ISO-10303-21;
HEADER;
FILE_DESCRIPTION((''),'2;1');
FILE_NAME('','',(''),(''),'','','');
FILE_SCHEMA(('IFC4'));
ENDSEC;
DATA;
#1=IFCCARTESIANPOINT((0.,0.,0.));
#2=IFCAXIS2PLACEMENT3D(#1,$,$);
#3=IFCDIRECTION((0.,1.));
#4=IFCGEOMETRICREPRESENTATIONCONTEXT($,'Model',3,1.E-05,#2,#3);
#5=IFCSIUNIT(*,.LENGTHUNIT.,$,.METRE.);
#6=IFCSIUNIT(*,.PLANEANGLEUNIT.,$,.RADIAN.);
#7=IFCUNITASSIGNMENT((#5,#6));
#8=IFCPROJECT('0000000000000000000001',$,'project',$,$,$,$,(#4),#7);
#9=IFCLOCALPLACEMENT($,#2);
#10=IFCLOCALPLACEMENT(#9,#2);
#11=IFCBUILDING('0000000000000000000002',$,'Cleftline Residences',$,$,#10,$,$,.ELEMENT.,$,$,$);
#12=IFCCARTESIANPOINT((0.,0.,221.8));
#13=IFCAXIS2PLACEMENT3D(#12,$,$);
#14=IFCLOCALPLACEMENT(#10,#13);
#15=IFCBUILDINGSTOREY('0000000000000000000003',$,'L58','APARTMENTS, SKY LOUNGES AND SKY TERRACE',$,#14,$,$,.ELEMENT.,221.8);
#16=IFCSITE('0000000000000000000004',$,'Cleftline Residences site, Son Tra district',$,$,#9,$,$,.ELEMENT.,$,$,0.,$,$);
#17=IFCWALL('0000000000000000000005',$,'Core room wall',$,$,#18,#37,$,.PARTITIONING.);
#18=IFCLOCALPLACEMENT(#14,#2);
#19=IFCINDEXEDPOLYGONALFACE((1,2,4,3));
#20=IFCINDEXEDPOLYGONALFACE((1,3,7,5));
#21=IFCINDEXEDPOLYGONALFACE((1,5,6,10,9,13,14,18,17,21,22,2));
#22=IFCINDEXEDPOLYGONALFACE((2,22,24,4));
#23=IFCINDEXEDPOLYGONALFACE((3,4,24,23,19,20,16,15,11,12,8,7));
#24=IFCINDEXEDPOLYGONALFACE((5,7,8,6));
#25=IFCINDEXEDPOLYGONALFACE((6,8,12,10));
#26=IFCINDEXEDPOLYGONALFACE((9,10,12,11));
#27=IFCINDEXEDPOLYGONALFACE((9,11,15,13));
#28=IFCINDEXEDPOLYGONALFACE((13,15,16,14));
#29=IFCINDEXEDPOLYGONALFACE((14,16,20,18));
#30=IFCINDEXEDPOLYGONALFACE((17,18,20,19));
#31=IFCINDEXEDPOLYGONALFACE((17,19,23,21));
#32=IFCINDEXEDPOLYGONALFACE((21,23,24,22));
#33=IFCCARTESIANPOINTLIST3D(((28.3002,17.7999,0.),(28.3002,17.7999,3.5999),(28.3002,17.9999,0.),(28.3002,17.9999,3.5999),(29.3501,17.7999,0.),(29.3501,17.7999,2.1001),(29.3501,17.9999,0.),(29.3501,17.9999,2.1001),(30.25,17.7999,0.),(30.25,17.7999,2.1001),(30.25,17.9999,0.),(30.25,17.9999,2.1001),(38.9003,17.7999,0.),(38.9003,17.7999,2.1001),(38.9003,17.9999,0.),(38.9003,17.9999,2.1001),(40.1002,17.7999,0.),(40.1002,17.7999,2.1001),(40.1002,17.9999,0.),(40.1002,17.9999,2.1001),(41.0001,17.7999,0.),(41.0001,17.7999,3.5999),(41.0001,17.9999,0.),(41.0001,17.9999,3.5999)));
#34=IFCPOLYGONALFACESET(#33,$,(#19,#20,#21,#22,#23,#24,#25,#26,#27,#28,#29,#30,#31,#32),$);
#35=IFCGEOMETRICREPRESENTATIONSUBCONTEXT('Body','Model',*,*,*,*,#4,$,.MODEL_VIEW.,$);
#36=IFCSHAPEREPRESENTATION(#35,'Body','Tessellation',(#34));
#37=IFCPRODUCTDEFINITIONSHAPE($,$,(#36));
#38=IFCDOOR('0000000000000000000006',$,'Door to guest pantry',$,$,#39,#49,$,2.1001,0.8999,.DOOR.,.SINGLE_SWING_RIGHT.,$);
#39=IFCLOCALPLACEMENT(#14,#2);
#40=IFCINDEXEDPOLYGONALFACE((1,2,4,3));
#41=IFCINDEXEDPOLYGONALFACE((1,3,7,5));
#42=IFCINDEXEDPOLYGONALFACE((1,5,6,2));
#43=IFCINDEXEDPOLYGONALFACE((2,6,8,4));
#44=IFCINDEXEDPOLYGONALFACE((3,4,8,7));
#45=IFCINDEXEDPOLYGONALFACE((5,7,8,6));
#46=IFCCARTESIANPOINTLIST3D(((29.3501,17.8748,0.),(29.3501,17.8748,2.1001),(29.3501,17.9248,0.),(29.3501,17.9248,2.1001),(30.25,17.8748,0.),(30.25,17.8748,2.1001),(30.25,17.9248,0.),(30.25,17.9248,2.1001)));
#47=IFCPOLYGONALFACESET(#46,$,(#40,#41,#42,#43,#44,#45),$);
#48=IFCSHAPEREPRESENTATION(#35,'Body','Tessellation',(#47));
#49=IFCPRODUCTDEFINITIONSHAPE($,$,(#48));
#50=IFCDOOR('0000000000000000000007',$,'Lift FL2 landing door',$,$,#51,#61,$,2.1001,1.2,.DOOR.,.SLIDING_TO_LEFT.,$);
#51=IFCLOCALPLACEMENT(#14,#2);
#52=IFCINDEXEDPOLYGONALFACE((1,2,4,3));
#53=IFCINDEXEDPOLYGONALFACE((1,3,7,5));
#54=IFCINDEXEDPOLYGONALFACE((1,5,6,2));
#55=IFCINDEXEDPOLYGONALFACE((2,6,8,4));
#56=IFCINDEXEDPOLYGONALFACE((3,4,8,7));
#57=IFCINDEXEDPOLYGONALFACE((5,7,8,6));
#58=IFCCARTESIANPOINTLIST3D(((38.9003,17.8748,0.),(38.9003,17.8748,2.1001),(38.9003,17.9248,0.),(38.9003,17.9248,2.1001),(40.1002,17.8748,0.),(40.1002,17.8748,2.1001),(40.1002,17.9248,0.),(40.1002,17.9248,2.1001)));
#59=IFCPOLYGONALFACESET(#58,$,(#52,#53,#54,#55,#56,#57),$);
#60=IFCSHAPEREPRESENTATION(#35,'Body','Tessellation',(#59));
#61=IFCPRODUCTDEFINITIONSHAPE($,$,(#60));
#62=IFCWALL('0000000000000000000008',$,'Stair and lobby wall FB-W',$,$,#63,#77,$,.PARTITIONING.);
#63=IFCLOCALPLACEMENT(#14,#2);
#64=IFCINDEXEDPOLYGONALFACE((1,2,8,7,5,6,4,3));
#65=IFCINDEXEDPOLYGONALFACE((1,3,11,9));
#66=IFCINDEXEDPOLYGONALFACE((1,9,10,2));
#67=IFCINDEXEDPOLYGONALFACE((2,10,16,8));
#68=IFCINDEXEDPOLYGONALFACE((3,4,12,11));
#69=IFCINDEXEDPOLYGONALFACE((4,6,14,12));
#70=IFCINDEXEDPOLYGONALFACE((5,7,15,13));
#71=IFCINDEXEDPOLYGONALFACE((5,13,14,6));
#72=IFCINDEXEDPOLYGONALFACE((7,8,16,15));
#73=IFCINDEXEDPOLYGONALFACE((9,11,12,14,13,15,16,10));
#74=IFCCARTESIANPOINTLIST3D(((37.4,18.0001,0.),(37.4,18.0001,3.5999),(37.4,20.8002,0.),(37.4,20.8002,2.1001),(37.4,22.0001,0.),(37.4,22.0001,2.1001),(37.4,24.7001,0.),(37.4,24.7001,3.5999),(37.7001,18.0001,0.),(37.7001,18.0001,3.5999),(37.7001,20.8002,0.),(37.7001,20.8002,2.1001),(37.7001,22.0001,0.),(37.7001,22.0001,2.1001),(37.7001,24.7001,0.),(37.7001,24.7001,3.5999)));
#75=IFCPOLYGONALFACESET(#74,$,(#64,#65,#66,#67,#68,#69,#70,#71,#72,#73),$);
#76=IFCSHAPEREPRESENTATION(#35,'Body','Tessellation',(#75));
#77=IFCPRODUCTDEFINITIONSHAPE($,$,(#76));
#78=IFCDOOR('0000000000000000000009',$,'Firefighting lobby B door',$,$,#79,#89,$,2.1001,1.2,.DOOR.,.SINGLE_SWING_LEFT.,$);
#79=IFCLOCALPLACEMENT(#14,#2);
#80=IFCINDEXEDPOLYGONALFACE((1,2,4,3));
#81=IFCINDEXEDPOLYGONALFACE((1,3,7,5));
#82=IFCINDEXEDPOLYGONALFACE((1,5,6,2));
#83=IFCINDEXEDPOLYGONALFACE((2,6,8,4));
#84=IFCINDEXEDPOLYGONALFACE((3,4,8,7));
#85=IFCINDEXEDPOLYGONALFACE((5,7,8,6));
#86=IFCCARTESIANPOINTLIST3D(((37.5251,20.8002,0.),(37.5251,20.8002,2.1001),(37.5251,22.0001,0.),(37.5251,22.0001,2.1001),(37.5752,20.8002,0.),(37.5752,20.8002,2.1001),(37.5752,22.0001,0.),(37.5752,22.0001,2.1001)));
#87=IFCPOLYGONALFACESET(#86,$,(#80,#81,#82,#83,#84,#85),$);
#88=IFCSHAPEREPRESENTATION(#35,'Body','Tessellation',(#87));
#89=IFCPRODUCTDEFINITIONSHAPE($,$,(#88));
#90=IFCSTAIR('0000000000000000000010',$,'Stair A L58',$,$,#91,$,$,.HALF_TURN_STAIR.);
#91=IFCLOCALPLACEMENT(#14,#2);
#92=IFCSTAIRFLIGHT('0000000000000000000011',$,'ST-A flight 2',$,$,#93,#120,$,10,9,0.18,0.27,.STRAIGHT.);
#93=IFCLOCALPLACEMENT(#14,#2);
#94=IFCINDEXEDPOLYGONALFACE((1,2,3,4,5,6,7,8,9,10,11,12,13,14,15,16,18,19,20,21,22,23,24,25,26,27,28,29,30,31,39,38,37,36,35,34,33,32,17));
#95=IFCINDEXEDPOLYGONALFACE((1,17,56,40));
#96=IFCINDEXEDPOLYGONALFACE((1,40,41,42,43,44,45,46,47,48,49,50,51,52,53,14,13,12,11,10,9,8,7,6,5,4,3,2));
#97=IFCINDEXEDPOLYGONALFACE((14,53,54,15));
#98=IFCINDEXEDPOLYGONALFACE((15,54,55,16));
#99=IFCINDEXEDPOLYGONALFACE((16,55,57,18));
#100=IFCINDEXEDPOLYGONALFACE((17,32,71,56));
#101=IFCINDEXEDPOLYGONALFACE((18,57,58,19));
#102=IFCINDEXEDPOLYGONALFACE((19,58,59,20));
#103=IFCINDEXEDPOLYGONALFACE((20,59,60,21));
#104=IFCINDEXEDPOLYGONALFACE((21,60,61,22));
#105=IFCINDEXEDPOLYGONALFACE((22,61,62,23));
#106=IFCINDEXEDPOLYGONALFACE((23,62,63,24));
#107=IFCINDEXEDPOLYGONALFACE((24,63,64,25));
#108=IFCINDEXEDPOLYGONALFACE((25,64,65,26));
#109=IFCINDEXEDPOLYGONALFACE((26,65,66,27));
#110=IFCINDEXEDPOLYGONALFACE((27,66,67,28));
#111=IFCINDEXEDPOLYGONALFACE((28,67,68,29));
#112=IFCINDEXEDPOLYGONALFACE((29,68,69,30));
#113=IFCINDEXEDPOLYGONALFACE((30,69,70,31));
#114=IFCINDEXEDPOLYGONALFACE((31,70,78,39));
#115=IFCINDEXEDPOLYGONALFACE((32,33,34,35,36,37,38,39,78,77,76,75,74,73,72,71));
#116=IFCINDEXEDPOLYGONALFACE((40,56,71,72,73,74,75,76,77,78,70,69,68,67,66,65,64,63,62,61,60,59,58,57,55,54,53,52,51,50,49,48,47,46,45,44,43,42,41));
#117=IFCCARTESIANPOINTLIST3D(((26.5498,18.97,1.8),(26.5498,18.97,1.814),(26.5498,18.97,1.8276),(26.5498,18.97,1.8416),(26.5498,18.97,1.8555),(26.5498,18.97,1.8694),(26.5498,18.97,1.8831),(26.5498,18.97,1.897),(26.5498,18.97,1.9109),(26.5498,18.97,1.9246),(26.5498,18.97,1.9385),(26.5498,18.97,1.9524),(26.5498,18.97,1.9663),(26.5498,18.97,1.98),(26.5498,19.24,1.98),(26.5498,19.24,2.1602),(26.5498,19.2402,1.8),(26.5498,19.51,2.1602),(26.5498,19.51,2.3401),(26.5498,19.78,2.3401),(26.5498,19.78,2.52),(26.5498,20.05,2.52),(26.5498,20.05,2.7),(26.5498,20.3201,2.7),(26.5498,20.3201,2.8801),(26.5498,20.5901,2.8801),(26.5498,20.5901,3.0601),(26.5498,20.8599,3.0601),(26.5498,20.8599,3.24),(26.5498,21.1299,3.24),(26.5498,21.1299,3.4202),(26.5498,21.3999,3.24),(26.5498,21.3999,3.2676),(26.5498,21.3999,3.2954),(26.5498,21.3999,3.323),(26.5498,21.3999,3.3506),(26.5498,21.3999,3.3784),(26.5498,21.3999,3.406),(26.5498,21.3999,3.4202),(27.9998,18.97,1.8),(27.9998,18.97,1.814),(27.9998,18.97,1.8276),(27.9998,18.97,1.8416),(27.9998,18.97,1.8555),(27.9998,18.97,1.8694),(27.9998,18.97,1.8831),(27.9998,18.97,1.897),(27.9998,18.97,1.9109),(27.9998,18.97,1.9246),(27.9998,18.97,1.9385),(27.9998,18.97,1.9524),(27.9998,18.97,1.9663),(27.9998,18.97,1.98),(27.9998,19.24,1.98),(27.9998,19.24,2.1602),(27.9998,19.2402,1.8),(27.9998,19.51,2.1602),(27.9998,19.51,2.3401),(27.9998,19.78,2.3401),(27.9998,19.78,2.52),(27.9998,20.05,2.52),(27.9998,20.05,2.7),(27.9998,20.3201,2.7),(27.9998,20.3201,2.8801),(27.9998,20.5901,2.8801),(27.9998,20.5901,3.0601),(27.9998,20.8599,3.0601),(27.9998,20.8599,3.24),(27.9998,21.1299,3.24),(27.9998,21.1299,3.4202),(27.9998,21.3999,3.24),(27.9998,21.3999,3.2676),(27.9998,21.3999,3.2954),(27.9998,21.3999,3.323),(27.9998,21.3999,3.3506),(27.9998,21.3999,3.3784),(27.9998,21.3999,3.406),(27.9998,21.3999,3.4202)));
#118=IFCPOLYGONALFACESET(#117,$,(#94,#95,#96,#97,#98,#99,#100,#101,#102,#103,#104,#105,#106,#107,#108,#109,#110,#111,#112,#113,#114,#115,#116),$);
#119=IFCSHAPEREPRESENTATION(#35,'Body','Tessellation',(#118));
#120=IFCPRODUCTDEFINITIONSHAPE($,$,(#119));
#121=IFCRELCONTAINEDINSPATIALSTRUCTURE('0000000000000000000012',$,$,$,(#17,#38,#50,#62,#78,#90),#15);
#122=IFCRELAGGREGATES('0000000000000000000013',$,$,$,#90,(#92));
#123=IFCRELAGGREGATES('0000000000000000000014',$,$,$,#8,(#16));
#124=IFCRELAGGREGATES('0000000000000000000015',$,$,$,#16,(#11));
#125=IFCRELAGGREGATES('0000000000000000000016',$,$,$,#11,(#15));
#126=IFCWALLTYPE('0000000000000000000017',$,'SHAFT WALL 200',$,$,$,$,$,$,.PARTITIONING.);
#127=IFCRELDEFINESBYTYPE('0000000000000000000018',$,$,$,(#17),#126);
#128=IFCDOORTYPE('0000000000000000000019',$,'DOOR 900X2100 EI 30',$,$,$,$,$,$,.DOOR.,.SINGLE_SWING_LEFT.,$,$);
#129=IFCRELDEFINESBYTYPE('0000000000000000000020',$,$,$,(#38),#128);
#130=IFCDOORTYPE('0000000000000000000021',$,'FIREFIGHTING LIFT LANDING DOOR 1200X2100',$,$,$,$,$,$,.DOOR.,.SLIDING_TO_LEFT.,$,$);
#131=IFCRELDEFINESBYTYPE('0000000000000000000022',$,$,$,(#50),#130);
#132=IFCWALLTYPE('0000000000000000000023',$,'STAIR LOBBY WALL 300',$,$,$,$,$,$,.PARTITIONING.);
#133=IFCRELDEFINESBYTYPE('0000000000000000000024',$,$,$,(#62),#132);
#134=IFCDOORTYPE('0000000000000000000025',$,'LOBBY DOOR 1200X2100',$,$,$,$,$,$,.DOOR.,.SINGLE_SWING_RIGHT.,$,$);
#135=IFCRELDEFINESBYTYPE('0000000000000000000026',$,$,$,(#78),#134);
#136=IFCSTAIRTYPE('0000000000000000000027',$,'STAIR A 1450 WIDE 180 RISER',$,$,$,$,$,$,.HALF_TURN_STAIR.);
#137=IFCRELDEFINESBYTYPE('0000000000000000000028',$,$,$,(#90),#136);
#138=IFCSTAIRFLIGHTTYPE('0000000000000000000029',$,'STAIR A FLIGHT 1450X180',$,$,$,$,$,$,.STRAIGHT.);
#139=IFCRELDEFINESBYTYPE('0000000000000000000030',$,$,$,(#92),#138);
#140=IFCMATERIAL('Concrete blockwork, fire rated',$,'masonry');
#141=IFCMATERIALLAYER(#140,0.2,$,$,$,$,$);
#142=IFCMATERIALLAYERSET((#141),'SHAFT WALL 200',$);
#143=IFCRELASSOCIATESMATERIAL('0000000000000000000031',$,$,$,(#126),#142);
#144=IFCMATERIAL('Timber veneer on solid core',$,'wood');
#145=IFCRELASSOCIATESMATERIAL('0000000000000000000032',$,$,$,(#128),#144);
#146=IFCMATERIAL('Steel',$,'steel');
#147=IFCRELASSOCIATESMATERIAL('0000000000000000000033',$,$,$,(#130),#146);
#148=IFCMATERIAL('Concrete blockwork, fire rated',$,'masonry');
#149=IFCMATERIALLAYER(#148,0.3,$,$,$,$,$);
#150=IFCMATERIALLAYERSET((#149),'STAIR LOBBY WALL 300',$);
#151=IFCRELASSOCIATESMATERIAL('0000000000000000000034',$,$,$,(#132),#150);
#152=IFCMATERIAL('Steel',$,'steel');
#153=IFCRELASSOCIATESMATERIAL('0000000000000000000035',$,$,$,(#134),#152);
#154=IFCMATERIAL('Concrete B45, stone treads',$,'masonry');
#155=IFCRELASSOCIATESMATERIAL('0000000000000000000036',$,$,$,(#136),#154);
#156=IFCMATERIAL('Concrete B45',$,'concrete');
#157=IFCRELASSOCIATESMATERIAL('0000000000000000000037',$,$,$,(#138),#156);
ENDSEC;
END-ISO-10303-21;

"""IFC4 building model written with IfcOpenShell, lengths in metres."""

from ifc_helpers import new_model, si_unit, direction, frame, frame_2d, origin, place, context, subcontext, project, spatial, polyline, rectangle, outline, extrude, material, layer, layer_set, type_object, element, fill, aggregate, save


model = new_model("IFC4")

# Units and contexts
model_context = context("Model", 3, precision=1e-05, world=origin(), true_north=direction((0.0, 1.0)))
body_context = subcontext(model_context, "Body", "Model", "MODEL_VIEW")
ifc_project = project(units=[si_unit("LENGTHUNIT", "METRE"), si_unit("PLANEANGLEUNIT", "RADIAN")], contexts=[model_context])

# Site, building, storey
site_placement = place(None, origin())
site = spatial("IfcSite", under=ifc_project, at=site_placement, Name="Cleftline Residences site, Son Tra district", CompositionType="ELEMENT", RefElevation=0.0)
building_placement = place(site_placement, origin())
building = spatial("IfcBuilding", under=site, at=building_placement, Name="Cleftline Residences", CompositionType="ELEMENT")
storey_placement = place(building_placement, frame((0.0, 0.0, 221.8)))
storey = spatial("IfcBuildingStorey", under=building, at=storey_placement, Name="L58", Description="APARTMENTS, SKY LOUNGES AND SKY TERRACE", CompositionType="ELEMENT", Elevation=221.8)

# Wall, openings, doors
ifc_material_1 = material(Name="Concrete blockwork, fire rated", Category="masonry")
ifc_layer_1 = layer(ifc_material_1, 0.2)
ifc_layer_set_1 = layer_set([ifc_layer_1], Name="SHAFT WALL 200")
wall_type_1 = type_object("IfcWallType", Name="SHAFT WALL 200", PredefinedType="PARTITIONING", material=ifc_layer_set_1)
wall_1_placement = place(storey_placement, frame((28.3, 17.8999, 0.0), z_axis=(0.0, 0.0, 1.0), x_axis=(1.0, 0.0, 0.0)))
wall_1 = element("IfcWall", 1, at=wall_1_placement, inside=storey, type_object=wall_type_1, Name="Core room wall", PredefinedType="PARTITIONING", context=body_context, shape_type="SweptSolid", body=[
    extrude(rectangle(XDim=12.7, YDim=0.2, at=frame_2d((6.3501, 0.0))), origin(), (0.0, 0.0, 1.0), 3.5999),
])
opening_1_placement = place(wall_1_placement, frame((1.05, 0.0, 0.0)))
opening_1 = element("IfcOpeningElement", 2, at=opening_1_placement, cuts=wall_1, PredefinedType="OPENING", context=body_context, shape_type="SweptSolid", body=[
    extrude(rectangle(XDim=0.8999, YDim=2.1001, at=frame_2d((0.45, 1.05))), frame((0.0, 0.1099, 0.0), z_axis=(0.0, -1.0, 0.0), x_axis=(1.0, 0.0, 0.0)), (0.0, 0.0, 1.0), 0.22),
])
opening_2_placement = place(wall_1_placement, frame((10.6001, 0.0, 0.0)))
opening_2 = element("IfcOpeningElement", 3, at=opening_2_placement, cuts=wall_1, PredefinedType="OPENING", context=body_context, shape_type="SweptSolid", body=[
    extrude(rectangle(XDim=1.2, YDim=2.1001, at=frame_2d((0.6001, 1.05))), frame((0.0, 0.1099, 0.0), z_axis=(0.0, -1.0, 0.0), x_axis=(1.0, 0.0, 0.0)), (0.0, 0.0, 1.0), 0.22),
])
ifc_material_2 = material(Name="Timber veneer on solid core", Category="wood")
door_type_1 = type_object("IfcDoorType", Name="DOOR 900X2100 EI 30", OperationType="SINGLE_SWING_LEFT", PredefinedType="DOOR", material=ifc_material_2)
door_1_placement = place(opening_1_placement, origin())
door_1 = element("IfcDoor", 4, at=door_1_placement, inside=storey, type_object=door_type_1, Name="Door to guest pantry", OperationType="SINGLE_SWING_RIGHT", OverallHeight=2.1001, OverallWidth=0.8999, PredefinedType="DOOR", context=body_context, shape_type="SweptSolid", body=[
    extrude(rectangle(XDim=0.8999, YDim=2.1001, at=frame_2d((0.45, 1.05))), frame((0.0, 0.0249, 0.0), z_axis=(0.0, -1.0, 0.0), x_axis=(1.0, 0.0, 0.0)), (0.0, 0.0, 1.0), 0.05),
])
fill(opening_1, door_1)
ifc_material_3 = material(Name="Steel", Category="steel")
door_type_2 = type_object("IfcDoorType", Name="FIREFIGHTING LIFT LANDING DOOR 1200X2100", OperationType="SLIDING_TO_LEFT", PredefinedType="DOOR", material=ifc_material_3)
door_2_placement = place(opening_2_placement, origin())
door_2 = element("IfcDoor", 5, at=door_2_placement, inside=storey, type_object=door_type_2, Name="Lift FL2 landing door", OperationType="SLIDING_TO_LEFT", OverallHeight=2.1001, OverallWidth=1.2, PredefinedType="DOOR", context=body_context, shape_type="SweptSolid", body=[
    extrude(rectangle(XDim=1.2, YDim=2.1001, at=frame_2d((0.6001, 1.05))), frame((0.0, 0.0249, 0.0), z_axis=(0.0, -1.0, 0.0), x_axis=(1.0, 0.0, 0.0)), (0.0, 0.0, 1.0), 0.05),
])
fill(opening_2, door_2)

# Wall, opening, door
ifc_material_4 = material(Name="Concrete blockwork, fire rated", Category="masonry")
ifc_layer_2 = layer(ifc_material_4, 0.3)
ifc_layer_set_2 = layer_set([ifc_layer_2], Name="STAIR LOBBY WALL 300")
wall_type_2 = type_object("IfcWallType", Name="STAIR LOBBY WALL 300", PredefinedType="PARTITIONING", material=ifc_layer_set_2)
wall_2_placement = place(storey_placement, frame((37.55, 18.0, 0.0), z_axis=(0.0, 0.0, 1.0), x_axis=(0.0, 1.0, 0.0)))
wall_2 = element("IfcWall", 6, at=wall_2_placement, inside=storey, type_object=wall_type_2, Name="Stair and lobby wall FB-W", PredefinedType="PARTITIONING", context=body_context, shape_type="SweptSolid", body=[
    extrude(rectangle(XDim=6.7, YDim=0.3, at=frame_2d((3.3501, 0.0))), origin(), (0.0, 0.0, 1.0), 3.5999),
])
opening_3_placement = place(wall_2_placement, frame((2.8, 0.0, 0.0)))
opening_3 = element("IfcOpeningElement", 7, at=opening_3_placement, cuts=wall_2, PredefinedType="OPENING", context=body_context, shape_type="SweptSolid", body=[
    extrude(rectangle(XDim=1.2, YDim=2.1001, at=frame_2d((0.6001, 1.05))), frame((0.0, 0.1599, 0.0), z_axis=(0.0, -1.0, 0.0), x_axis=(1.0, 0.0, 0.0)), (0.0, 0.0, 1.0), 0.3201),
])
ifc_material_5 = material(Name="Steel", Category="steel")
door_type_3 = type_object("IfcDoorType", Name="LOBBY DOOR 1200X2100", OperationType="SINGLE_SWING_RIGHT", PredefinedType="DOOR", material=ifc_material_5)
door_3_placement = place(opening_3_placement, origin())
door_3 = element("IfcDoor", 8, at=door_3_placement, inside=storey, type_object=door_type_3, Name="Firefighting lobby B door", OperationType="SINGLE_SWING_LEFT", OverallHeight=2.1001, OverallWidth=1.2, PredefinedType="DOOR", context=body_context, shape_type="SweptSolid", body=[
    extrude(rectangle(XDim=1.2, YDim=2.1001, at=frame_2d((0.6001, 1.05))), frame((0.0, 0.0249, 0.0), z_axis=(0.0, -1.0, 0.0), x_axis=(1.0, 0.0, 0.0)), (0.0, 0.0, 1.0), 0.05),
])
fill(opening_3, door_3)

# Stair, stair flight
ifc_material_6 = material(Name="Concrete B45, stone treads", Category="masonry")
stair_type = type_object("IfcStairType", Name="STAIR A 1450 WIDE 180 RISER", PredefinedType="HALF_TURN_STAIR", material=ifc_material_6)
stair_placement = place(storey_placement, origin())
stair = element("IfcStair", 9, at=stair_placement, inside=storey, type_object=stair_type, Name="Stair A L58", PredefinedType="HALF_TURN_STAIR")
ifc_material_7 = material(Name="Concrete B45", Category="concrete")
stair_flight_type = type_object("IfcStairFlightType", Name="STAIR A FLIGHT 1450X180", PredefinedType="STRAIGHT", material=ifc_material_7)
stair_flight_placement = place(storey_placement, frame((27.2749, 18.97, 1.8), z_axis=(0.0, 0.0, 1.0), x_axis=(0.0, 1.0, 0.0)))
stair_flight = element("IfcStairFlight", 10, at=stair_flight_placement, type_object=stair_flight_type, Name="ST-A flight 2", NumberOfRisers=10, NumberOfTreads=9, PredefinedType="STRAIGHT", RiserHeight=0.18, TreadLength=0.27, context=body_context, shape_type="SweptSolid", body=[
    extrude(outline(polyline([(0.0, 0.0), (0.0, 0.0139), (0.0, 0.0276), (0.0, 0.0415), (0.0, 0.0554), (0.0, 0.0693), (0.0, 0.083), (0.0, 0.0969), (0.0, 0.1108), (0.0, 0.1245), (0.0, 0.1384), (0.0, 0.1523), (0.0, 0.1663), (0.0, 0.1799), (0.27, 0.1799), (0.27, 0.3601), (0.54, 0.3601), (0.54, 0.54), (0.8101, 0.54), (0.8101, 0.72), (1.0801, 0.72), (1.0801, 0.8999), (1.3501, 0.8999), (1.3501, 1.0801), (1.6201, 1.0801), (1.6201, 1.26), (1.8899, 1.26), (1.8899, 1.4399), (2.1599, 1.4399), (2.1599, 1.6201), (2.4299, 1.6201), (2.4299, 1.8), (2.4299, 1.7722), (2.4299, 1.7446), (2.4299, 1.7168), (2.4299, 1.6892), (2.4299, 1.6614), (2.4299, 1.6338), (2.4299, 1.606), (2.4299, 1.5784), (2.4299, 1.5505), (2.4299, 1.5229), (2.4299, 1.4954), (2.4299, 1.4675), (2.4299, 1.4399), (0.2703, 0.0), (0.0, 0.0)])), frame((0.0, 0.7251, 0.0), z_axis=(0.0, -1.0, 0.0), x_axis=(1.0, 0.0, 0.0)), (0.0, 0.0, 1.0), 1.45),
])
aggregate(stair, [stair_flight])

save(model, "model.ifc")
